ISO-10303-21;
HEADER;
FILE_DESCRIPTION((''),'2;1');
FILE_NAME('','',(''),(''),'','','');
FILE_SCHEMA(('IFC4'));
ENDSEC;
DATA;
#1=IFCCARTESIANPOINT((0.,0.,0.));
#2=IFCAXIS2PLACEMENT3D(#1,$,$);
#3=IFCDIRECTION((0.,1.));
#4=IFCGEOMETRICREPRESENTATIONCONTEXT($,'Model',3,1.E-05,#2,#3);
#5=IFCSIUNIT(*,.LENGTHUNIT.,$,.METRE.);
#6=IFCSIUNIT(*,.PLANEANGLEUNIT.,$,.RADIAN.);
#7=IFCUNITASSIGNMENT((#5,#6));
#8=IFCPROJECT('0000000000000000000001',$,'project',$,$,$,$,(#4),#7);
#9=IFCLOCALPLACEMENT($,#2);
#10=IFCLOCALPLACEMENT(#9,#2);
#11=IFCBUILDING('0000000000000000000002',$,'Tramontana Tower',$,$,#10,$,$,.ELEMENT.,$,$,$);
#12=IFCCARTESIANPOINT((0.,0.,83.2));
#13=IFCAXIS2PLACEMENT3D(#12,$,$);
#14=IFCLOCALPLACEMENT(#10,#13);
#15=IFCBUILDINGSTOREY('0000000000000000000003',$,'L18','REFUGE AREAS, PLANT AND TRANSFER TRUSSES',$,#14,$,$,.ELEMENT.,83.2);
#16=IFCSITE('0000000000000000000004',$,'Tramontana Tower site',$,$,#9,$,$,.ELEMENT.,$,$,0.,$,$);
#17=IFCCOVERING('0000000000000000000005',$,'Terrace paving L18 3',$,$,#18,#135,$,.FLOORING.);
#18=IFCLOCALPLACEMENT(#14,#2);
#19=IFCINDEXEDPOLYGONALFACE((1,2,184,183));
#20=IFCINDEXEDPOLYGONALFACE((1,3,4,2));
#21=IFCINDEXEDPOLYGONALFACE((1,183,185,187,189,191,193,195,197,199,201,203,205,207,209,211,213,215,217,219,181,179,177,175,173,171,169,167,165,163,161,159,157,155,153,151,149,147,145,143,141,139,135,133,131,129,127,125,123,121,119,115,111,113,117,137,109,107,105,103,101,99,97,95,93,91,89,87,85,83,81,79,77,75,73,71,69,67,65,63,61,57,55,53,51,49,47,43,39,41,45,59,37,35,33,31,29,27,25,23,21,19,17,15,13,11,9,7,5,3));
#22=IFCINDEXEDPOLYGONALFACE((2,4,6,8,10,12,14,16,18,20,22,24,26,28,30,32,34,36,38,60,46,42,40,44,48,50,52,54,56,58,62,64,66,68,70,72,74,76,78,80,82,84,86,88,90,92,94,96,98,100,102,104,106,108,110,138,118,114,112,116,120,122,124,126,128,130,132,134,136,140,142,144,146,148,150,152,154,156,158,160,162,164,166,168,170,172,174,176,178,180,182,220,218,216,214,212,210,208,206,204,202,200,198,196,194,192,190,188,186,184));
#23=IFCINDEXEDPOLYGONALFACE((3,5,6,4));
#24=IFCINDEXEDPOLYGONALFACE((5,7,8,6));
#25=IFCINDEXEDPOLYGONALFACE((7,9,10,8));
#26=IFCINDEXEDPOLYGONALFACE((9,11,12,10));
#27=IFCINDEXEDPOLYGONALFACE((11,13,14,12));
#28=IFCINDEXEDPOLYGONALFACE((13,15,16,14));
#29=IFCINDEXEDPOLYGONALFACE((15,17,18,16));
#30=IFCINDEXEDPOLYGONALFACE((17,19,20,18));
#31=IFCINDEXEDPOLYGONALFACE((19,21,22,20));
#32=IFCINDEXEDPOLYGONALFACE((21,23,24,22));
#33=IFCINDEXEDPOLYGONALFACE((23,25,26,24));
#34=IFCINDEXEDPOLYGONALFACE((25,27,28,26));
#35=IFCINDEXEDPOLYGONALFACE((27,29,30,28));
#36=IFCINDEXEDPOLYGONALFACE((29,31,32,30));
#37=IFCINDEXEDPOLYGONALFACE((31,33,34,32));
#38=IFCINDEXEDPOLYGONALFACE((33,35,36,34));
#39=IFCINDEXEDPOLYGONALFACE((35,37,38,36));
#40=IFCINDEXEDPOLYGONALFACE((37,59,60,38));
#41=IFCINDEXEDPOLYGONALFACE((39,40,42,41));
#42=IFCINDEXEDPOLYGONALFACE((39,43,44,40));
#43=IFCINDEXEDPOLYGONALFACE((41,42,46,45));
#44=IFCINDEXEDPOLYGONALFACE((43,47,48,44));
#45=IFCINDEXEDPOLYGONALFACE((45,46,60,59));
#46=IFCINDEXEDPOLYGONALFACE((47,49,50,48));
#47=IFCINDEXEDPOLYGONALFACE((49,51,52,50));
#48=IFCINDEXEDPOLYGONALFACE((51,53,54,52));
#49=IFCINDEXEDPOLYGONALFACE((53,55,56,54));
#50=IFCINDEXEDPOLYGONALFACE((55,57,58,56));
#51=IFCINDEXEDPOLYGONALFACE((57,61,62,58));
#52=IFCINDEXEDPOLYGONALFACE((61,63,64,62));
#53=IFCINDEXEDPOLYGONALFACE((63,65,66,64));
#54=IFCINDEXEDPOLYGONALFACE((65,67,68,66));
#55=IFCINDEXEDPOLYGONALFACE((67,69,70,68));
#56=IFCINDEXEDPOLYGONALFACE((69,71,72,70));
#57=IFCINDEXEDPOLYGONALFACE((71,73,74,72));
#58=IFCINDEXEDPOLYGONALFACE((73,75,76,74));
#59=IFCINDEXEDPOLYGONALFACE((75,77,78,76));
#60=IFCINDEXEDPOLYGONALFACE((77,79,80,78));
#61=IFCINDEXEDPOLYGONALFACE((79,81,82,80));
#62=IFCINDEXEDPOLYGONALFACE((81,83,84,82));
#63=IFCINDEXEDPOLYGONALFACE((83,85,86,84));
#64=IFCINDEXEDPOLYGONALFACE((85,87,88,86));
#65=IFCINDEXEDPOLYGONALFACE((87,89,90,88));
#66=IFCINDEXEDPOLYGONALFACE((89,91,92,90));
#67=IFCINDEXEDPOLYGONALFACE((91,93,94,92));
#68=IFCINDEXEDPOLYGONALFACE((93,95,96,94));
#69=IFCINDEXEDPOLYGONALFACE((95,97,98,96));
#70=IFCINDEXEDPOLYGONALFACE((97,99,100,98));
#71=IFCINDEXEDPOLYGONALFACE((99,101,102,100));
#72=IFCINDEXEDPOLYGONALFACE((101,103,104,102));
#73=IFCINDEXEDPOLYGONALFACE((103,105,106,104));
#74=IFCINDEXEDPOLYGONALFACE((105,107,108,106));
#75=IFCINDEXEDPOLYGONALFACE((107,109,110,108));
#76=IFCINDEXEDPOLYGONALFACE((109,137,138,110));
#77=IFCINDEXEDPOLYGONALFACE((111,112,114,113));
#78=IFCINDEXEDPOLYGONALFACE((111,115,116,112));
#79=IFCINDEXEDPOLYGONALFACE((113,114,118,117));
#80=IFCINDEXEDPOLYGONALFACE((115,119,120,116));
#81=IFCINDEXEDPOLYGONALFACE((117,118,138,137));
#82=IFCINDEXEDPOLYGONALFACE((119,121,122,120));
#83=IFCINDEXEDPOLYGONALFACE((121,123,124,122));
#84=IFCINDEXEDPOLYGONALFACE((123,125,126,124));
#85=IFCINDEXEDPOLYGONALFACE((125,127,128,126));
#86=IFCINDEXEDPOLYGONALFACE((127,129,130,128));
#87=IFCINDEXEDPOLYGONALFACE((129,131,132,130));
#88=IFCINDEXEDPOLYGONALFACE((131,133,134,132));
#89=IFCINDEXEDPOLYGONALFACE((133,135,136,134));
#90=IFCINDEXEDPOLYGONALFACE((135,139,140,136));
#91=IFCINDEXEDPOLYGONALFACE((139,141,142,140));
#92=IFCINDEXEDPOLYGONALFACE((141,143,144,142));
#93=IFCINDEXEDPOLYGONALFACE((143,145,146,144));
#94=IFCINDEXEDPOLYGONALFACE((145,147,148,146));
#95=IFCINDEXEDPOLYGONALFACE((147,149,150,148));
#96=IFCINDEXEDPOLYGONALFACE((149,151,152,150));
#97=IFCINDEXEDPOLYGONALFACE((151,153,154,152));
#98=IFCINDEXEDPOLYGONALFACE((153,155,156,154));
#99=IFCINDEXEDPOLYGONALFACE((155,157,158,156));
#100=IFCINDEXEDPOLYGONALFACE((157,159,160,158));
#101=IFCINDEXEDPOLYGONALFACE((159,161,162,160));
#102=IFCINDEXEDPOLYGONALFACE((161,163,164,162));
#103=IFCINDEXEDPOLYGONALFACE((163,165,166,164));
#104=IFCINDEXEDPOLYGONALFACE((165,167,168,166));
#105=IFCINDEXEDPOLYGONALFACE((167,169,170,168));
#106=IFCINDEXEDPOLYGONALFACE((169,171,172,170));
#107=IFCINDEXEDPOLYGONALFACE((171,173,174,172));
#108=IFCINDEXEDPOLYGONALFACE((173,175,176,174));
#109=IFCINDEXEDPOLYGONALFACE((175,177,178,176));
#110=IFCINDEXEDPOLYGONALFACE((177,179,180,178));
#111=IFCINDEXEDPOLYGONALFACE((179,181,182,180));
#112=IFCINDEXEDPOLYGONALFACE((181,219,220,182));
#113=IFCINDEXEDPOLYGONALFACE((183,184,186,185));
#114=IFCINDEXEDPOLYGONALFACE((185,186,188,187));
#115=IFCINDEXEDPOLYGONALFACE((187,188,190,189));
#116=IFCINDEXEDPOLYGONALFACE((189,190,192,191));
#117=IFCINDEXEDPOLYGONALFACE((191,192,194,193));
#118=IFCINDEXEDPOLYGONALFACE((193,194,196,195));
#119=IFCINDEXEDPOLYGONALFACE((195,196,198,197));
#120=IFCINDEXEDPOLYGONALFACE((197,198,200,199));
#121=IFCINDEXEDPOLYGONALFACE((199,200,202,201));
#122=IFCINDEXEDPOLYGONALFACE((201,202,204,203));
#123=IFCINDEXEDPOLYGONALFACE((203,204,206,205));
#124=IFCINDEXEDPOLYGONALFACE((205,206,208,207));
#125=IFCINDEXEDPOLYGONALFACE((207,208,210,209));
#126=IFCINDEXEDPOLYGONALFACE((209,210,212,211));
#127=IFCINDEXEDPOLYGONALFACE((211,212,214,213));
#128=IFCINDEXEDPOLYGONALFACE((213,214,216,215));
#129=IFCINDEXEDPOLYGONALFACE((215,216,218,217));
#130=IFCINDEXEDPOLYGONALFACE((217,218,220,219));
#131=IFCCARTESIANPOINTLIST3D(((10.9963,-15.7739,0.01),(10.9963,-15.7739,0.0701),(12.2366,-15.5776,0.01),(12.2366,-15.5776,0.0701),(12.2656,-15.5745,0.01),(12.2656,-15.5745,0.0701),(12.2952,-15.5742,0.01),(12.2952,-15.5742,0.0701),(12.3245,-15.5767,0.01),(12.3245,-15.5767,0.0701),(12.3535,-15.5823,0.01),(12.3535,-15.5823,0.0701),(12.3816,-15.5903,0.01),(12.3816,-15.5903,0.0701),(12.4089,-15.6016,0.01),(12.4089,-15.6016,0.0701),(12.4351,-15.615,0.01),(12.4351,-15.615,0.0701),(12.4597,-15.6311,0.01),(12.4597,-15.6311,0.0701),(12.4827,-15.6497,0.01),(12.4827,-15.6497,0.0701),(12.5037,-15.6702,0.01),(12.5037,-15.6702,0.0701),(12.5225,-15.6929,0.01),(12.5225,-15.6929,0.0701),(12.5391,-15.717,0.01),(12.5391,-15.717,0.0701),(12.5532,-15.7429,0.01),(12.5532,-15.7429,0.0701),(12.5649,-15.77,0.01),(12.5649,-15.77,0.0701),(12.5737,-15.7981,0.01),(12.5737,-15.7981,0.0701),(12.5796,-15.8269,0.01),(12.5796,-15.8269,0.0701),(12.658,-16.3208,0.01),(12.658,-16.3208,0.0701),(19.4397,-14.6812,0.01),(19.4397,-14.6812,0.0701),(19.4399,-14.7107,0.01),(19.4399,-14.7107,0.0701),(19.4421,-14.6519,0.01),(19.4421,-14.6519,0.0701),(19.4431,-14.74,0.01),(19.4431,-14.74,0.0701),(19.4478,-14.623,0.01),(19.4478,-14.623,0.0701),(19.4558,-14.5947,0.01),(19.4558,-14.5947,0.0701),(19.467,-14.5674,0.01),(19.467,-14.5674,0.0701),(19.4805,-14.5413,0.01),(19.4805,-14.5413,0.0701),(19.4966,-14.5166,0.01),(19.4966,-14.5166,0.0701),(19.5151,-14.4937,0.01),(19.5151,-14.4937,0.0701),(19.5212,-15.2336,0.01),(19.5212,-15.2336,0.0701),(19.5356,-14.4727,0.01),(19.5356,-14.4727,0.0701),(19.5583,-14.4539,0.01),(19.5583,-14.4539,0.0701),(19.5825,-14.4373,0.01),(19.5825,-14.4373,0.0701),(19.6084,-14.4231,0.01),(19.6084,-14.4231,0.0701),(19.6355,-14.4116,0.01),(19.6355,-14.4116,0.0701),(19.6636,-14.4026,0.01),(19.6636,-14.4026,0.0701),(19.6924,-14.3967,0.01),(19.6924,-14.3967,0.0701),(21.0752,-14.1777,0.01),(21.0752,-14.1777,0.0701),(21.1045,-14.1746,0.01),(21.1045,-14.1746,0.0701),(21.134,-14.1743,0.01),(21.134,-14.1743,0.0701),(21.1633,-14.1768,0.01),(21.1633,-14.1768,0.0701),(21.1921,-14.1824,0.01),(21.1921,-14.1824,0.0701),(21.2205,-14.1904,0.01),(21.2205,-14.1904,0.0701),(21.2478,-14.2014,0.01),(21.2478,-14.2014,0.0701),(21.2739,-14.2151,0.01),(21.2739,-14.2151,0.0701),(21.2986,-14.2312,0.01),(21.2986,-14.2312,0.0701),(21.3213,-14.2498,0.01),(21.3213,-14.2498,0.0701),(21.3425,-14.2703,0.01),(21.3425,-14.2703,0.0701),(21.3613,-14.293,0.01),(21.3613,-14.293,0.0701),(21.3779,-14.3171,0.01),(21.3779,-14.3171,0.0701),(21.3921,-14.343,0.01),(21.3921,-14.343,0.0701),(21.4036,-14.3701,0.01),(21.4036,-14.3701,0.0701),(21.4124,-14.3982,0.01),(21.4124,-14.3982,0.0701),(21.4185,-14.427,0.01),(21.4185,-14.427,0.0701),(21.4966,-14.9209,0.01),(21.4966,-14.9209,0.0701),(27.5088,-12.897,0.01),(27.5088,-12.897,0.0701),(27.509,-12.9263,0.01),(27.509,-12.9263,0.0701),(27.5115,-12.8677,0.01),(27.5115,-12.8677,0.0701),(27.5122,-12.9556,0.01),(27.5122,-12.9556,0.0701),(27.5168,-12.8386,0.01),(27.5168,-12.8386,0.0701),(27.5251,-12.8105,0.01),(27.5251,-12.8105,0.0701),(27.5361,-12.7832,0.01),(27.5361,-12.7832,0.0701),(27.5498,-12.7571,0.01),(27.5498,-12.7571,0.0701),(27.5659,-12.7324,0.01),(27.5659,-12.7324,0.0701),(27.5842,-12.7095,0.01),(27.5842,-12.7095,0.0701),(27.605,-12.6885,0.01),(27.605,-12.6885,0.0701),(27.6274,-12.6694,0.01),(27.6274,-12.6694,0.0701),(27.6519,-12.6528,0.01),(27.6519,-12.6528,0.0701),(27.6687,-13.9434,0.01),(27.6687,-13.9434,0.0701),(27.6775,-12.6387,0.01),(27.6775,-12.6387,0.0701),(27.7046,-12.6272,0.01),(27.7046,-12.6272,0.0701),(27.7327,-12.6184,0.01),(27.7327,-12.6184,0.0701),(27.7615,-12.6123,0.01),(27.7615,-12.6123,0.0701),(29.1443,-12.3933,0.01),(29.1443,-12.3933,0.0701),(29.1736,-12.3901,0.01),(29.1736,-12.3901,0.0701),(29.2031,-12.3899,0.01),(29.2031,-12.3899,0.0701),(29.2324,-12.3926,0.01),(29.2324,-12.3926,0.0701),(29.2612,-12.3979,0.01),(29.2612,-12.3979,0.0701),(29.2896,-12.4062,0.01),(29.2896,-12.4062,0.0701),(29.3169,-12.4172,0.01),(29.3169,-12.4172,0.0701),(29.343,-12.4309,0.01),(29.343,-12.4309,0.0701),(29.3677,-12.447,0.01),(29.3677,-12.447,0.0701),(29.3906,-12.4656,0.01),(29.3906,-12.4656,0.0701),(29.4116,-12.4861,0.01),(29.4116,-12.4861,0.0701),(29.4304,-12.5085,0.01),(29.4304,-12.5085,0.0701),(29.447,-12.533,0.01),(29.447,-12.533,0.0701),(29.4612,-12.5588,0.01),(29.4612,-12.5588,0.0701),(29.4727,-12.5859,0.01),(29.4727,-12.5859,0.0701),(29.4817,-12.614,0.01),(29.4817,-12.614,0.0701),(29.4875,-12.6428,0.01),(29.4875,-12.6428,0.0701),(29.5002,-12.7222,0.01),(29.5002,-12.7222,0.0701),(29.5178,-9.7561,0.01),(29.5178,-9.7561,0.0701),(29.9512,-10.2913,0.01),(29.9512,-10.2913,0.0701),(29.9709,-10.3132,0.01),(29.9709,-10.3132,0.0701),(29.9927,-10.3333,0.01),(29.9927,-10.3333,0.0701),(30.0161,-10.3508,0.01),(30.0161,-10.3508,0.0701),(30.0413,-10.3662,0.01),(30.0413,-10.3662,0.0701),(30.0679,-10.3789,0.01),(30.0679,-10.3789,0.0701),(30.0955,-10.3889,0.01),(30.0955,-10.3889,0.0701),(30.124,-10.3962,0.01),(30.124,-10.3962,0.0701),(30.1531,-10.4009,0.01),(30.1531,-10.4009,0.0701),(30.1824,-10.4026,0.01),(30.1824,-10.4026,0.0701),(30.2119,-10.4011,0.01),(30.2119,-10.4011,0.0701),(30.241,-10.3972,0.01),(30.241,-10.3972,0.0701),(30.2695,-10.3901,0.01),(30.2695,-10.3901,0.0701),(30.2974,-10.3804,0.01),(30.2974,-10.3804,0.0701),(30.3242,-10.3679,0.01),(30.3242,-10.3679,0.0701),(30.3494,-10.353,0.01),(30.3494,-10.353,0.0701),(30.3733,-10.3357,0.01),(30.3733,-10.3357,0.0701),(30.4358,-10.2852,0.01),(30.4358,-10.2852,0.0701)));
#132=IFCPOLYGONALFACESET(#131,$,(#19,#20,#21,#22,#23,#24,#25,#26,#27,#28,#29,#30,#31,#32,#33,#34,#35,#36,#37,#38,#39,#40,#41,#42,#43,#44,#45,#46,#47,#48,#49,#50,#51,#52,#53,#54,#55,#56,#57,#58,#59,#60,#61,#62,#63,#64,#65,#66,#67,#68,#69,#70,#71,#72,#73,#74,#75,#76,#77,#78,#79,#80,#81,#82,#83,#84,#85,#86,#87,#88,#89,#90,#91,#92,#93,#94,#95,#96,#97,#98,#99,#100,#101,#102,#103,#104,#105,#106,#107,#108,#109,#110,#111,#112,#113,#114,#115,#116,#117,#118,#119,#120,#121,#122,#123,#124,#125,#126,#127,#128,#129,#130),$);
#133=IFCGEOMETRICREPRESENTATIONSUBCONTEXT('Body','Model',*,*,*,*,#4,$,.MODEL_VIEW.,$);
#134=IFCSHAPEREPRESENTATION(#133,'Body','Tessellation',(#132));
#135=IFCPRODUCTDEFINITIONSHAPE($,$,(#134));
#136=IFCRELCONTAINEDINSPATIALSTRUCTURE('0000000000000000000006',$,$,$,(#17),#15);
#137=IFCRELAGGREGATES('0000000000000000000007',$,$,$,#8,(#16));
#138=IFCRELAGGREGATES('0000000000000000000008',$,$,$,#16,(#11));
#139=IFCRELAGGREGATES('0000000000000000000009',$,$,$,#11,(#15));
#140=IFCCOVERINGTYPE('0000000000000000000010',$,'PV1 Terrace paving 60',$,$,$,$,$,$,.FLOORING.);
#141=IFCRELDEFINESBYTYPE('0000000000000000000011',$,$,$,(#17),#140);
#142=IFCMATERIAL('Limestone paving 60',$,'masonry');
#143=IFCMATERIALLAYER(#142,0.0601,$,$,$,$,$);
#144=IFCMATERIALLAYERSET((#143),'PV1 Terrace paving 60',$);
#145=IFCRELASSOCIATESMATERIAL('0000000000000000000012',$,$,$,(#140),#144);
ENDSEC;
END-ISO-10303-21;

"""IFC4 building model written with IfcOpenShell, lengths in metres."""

from ifc_helpers import new_model, si_unit, direction, frame, origin, place, context, subcontext, project, spatial, polyline, outline, extrude, material, layer, layer_set, type_object, element, save


model = new_model("IFC4")

# Units and contexts
model_context = context("Model", 3, precision=1e-05, world=origin(), true_north=direction((0.0, 1.0)))
body_context = subcontext(model_context, "Body", "Model", "MODEL_VIEW")
ifc_project = project(units=[si_unit("LENGTHUNIT", "METRE"), si_unit("PLANEANGLEUNIT", "RADIAN")], contexts=[model_context])

# Site, building, storey
site_placement = place(None, origin())
site = spatial("IfcSite", under=ifc_project, at=site_placement, Name="Tramontana Tower site", CompositionType="ELEMENT", RefElevation=0.0)
building_placement = place(site_placement, origin())
building = spatial("IfcBuilding", under=site, at=building_placement, Name="Tramontana Tower", CompositionType="ELEMENT")
storey_placement = place(building_placement, frame((0.0, 0.0, 83.2)))
storey = spatial("IfcBuildingStorey", under=building, at=storey_placement, Name="L18", Description="REFUGE AREAS, PLANT AND TRANSFER TRUSSES", CompositionType="ELEMENT", Elevation=83.2)

# Covering
ifc_material_1 = material(Name="Limestone paving 60", Category="masonry")
ifc_layer_1 = layer(ifc_material_1, 0.0601)
ifc_layer_set_1 = layer_set([ifc_layer_1], Name="PV1 Terrace paving 60")
covering_type_1 = type_object("IfcCoveringType", Name="PV1 Terrace paving 60", PredefinedType="FLOORING", material=ifc_layer_set_1)
covering_1_placement = place(storey_placement, frame((0.0, 0.0, 0.01)))
element("IfcCovering", 1, at=covering_1_placement, inside=storey, type_object=covering_type_1, Name="Terrace paving L18 3", PredefinedType="FLOORING", context=body_context, shape_type="SweptSolid", body=[
    extrude(outline(polyline([(29.5002, -12.7222), (29.4875, -12.6428), (29.4817, -12.614), (29.4727, -12.5859), (29.4612, -12.5588), (29.447, -12.533), (29.4304, -12.5085), (29.4116, -12.4861), (29.3906, -12.4656), (29.3677, -12.447), (29.343, -12.4309), (29.3169, -12.4172), (29.2896, -12.4062), (29.2612, -12.3979), (29.2324, -12.3926), (29.2031, -12.3899), (29.1736, -12.3901), (29.1443, -12.3933), (27.7615, -12.6123), (27.7327, -12.6184), (27.7046, -12.6272), (27.6775, -12.6387), (27.6519, -12.6528), (27.6274, -12.6694), (27.605, -12.6885), (27.5842, -12.7095), (27.5659, -12.7324), (27.5498, -12.7571), (27.5361, -12.7832), (27.5251, -12.8105), (27.5168, -12.8386), (27.5115, -12.8677), (27.5088, -12.897), (27.509, -12.9263), (27.5122, -12.9556), (27.6687, -13.9434), (21.4966, -14.9209), (21.4185, -14.427), (21.4124, -14.3982), (21.4036, -14.3701), (21.3921, -14.343), (21.3779, -14.3171), (21.3613, -14.293), (21.3425, -14.2703), (21.3213, -14.2498), (21.2986, -14.2312), (21.2739, -14.2151), (21.2478, -14.2014), (21.2205, -14.1904), (21.1921, -14.1824), (21.1633, -14.1768), (21.134, -14.1743), (21.1045, -14.1746), (21.0752, -14.1777), (19.6924, -14.3967), (19.6636, -14.4026), (19.6355, -14.4116), (19.6084, -14.4231), (19.5825, -14.4373), (19.5583, -14.4539), (19.5356, -14.4727), (19.5151, -14.4937), (19.4966, -14.5166), (19.4805, -14.5413), (19.467, -14.5674), (19.4558, -14.5947), (19.4478, -14.623), (19.4421, -14.6519), (19.4397, -14.6812), (19.4399, -14.7107), (19.4431, -14.74), (19.5212, -15.2336), (12.658, -16.3208), (12.5796, -15.8269), (12.5737, -15.7981), (12.5649, -15.77), (12.5532, -15.7429), (12.5391, -15.717), (12.5225, -15.6929), (12.5037, -15.6702), (12.4827, -15.6497), (12.4597, -15.6311), (12.4351, -15.615), (12.4089, -15.6016), (12.3816, -15.5903), (12.3535, -15.5823), (12.3245, -15.5767), (12.2952, -15.5742), (12.2656, -15.5745), (12.2366, -15.5776), (10.9963, -15.7739), (29.5178, -9.7561), (29.9512, -10.2913), (29.9709, -10.3132), (29.9927, -10.3333), (30.0161, -10.3508), (30.0413, -10.3662), (30.0679, -10.3789), (30.0955, -10.3889), (30.124, -10.3962), (30.1531, -10.4009), (30.1824, -10.4026), (30.2119, -10.4011), (30.241, -10.3972), (30.2695, -10.3901), (30.2974, -10.3804), (30.3242, -10.3679), (30.3494, -10.353), (30.3733, -10.3357), (30.4358, -10.2852), (29.5002, -12.7222)])), origin(), (0.0, 0.0, 1.0), 0.0601),
])

save(model, "model.ifc")
